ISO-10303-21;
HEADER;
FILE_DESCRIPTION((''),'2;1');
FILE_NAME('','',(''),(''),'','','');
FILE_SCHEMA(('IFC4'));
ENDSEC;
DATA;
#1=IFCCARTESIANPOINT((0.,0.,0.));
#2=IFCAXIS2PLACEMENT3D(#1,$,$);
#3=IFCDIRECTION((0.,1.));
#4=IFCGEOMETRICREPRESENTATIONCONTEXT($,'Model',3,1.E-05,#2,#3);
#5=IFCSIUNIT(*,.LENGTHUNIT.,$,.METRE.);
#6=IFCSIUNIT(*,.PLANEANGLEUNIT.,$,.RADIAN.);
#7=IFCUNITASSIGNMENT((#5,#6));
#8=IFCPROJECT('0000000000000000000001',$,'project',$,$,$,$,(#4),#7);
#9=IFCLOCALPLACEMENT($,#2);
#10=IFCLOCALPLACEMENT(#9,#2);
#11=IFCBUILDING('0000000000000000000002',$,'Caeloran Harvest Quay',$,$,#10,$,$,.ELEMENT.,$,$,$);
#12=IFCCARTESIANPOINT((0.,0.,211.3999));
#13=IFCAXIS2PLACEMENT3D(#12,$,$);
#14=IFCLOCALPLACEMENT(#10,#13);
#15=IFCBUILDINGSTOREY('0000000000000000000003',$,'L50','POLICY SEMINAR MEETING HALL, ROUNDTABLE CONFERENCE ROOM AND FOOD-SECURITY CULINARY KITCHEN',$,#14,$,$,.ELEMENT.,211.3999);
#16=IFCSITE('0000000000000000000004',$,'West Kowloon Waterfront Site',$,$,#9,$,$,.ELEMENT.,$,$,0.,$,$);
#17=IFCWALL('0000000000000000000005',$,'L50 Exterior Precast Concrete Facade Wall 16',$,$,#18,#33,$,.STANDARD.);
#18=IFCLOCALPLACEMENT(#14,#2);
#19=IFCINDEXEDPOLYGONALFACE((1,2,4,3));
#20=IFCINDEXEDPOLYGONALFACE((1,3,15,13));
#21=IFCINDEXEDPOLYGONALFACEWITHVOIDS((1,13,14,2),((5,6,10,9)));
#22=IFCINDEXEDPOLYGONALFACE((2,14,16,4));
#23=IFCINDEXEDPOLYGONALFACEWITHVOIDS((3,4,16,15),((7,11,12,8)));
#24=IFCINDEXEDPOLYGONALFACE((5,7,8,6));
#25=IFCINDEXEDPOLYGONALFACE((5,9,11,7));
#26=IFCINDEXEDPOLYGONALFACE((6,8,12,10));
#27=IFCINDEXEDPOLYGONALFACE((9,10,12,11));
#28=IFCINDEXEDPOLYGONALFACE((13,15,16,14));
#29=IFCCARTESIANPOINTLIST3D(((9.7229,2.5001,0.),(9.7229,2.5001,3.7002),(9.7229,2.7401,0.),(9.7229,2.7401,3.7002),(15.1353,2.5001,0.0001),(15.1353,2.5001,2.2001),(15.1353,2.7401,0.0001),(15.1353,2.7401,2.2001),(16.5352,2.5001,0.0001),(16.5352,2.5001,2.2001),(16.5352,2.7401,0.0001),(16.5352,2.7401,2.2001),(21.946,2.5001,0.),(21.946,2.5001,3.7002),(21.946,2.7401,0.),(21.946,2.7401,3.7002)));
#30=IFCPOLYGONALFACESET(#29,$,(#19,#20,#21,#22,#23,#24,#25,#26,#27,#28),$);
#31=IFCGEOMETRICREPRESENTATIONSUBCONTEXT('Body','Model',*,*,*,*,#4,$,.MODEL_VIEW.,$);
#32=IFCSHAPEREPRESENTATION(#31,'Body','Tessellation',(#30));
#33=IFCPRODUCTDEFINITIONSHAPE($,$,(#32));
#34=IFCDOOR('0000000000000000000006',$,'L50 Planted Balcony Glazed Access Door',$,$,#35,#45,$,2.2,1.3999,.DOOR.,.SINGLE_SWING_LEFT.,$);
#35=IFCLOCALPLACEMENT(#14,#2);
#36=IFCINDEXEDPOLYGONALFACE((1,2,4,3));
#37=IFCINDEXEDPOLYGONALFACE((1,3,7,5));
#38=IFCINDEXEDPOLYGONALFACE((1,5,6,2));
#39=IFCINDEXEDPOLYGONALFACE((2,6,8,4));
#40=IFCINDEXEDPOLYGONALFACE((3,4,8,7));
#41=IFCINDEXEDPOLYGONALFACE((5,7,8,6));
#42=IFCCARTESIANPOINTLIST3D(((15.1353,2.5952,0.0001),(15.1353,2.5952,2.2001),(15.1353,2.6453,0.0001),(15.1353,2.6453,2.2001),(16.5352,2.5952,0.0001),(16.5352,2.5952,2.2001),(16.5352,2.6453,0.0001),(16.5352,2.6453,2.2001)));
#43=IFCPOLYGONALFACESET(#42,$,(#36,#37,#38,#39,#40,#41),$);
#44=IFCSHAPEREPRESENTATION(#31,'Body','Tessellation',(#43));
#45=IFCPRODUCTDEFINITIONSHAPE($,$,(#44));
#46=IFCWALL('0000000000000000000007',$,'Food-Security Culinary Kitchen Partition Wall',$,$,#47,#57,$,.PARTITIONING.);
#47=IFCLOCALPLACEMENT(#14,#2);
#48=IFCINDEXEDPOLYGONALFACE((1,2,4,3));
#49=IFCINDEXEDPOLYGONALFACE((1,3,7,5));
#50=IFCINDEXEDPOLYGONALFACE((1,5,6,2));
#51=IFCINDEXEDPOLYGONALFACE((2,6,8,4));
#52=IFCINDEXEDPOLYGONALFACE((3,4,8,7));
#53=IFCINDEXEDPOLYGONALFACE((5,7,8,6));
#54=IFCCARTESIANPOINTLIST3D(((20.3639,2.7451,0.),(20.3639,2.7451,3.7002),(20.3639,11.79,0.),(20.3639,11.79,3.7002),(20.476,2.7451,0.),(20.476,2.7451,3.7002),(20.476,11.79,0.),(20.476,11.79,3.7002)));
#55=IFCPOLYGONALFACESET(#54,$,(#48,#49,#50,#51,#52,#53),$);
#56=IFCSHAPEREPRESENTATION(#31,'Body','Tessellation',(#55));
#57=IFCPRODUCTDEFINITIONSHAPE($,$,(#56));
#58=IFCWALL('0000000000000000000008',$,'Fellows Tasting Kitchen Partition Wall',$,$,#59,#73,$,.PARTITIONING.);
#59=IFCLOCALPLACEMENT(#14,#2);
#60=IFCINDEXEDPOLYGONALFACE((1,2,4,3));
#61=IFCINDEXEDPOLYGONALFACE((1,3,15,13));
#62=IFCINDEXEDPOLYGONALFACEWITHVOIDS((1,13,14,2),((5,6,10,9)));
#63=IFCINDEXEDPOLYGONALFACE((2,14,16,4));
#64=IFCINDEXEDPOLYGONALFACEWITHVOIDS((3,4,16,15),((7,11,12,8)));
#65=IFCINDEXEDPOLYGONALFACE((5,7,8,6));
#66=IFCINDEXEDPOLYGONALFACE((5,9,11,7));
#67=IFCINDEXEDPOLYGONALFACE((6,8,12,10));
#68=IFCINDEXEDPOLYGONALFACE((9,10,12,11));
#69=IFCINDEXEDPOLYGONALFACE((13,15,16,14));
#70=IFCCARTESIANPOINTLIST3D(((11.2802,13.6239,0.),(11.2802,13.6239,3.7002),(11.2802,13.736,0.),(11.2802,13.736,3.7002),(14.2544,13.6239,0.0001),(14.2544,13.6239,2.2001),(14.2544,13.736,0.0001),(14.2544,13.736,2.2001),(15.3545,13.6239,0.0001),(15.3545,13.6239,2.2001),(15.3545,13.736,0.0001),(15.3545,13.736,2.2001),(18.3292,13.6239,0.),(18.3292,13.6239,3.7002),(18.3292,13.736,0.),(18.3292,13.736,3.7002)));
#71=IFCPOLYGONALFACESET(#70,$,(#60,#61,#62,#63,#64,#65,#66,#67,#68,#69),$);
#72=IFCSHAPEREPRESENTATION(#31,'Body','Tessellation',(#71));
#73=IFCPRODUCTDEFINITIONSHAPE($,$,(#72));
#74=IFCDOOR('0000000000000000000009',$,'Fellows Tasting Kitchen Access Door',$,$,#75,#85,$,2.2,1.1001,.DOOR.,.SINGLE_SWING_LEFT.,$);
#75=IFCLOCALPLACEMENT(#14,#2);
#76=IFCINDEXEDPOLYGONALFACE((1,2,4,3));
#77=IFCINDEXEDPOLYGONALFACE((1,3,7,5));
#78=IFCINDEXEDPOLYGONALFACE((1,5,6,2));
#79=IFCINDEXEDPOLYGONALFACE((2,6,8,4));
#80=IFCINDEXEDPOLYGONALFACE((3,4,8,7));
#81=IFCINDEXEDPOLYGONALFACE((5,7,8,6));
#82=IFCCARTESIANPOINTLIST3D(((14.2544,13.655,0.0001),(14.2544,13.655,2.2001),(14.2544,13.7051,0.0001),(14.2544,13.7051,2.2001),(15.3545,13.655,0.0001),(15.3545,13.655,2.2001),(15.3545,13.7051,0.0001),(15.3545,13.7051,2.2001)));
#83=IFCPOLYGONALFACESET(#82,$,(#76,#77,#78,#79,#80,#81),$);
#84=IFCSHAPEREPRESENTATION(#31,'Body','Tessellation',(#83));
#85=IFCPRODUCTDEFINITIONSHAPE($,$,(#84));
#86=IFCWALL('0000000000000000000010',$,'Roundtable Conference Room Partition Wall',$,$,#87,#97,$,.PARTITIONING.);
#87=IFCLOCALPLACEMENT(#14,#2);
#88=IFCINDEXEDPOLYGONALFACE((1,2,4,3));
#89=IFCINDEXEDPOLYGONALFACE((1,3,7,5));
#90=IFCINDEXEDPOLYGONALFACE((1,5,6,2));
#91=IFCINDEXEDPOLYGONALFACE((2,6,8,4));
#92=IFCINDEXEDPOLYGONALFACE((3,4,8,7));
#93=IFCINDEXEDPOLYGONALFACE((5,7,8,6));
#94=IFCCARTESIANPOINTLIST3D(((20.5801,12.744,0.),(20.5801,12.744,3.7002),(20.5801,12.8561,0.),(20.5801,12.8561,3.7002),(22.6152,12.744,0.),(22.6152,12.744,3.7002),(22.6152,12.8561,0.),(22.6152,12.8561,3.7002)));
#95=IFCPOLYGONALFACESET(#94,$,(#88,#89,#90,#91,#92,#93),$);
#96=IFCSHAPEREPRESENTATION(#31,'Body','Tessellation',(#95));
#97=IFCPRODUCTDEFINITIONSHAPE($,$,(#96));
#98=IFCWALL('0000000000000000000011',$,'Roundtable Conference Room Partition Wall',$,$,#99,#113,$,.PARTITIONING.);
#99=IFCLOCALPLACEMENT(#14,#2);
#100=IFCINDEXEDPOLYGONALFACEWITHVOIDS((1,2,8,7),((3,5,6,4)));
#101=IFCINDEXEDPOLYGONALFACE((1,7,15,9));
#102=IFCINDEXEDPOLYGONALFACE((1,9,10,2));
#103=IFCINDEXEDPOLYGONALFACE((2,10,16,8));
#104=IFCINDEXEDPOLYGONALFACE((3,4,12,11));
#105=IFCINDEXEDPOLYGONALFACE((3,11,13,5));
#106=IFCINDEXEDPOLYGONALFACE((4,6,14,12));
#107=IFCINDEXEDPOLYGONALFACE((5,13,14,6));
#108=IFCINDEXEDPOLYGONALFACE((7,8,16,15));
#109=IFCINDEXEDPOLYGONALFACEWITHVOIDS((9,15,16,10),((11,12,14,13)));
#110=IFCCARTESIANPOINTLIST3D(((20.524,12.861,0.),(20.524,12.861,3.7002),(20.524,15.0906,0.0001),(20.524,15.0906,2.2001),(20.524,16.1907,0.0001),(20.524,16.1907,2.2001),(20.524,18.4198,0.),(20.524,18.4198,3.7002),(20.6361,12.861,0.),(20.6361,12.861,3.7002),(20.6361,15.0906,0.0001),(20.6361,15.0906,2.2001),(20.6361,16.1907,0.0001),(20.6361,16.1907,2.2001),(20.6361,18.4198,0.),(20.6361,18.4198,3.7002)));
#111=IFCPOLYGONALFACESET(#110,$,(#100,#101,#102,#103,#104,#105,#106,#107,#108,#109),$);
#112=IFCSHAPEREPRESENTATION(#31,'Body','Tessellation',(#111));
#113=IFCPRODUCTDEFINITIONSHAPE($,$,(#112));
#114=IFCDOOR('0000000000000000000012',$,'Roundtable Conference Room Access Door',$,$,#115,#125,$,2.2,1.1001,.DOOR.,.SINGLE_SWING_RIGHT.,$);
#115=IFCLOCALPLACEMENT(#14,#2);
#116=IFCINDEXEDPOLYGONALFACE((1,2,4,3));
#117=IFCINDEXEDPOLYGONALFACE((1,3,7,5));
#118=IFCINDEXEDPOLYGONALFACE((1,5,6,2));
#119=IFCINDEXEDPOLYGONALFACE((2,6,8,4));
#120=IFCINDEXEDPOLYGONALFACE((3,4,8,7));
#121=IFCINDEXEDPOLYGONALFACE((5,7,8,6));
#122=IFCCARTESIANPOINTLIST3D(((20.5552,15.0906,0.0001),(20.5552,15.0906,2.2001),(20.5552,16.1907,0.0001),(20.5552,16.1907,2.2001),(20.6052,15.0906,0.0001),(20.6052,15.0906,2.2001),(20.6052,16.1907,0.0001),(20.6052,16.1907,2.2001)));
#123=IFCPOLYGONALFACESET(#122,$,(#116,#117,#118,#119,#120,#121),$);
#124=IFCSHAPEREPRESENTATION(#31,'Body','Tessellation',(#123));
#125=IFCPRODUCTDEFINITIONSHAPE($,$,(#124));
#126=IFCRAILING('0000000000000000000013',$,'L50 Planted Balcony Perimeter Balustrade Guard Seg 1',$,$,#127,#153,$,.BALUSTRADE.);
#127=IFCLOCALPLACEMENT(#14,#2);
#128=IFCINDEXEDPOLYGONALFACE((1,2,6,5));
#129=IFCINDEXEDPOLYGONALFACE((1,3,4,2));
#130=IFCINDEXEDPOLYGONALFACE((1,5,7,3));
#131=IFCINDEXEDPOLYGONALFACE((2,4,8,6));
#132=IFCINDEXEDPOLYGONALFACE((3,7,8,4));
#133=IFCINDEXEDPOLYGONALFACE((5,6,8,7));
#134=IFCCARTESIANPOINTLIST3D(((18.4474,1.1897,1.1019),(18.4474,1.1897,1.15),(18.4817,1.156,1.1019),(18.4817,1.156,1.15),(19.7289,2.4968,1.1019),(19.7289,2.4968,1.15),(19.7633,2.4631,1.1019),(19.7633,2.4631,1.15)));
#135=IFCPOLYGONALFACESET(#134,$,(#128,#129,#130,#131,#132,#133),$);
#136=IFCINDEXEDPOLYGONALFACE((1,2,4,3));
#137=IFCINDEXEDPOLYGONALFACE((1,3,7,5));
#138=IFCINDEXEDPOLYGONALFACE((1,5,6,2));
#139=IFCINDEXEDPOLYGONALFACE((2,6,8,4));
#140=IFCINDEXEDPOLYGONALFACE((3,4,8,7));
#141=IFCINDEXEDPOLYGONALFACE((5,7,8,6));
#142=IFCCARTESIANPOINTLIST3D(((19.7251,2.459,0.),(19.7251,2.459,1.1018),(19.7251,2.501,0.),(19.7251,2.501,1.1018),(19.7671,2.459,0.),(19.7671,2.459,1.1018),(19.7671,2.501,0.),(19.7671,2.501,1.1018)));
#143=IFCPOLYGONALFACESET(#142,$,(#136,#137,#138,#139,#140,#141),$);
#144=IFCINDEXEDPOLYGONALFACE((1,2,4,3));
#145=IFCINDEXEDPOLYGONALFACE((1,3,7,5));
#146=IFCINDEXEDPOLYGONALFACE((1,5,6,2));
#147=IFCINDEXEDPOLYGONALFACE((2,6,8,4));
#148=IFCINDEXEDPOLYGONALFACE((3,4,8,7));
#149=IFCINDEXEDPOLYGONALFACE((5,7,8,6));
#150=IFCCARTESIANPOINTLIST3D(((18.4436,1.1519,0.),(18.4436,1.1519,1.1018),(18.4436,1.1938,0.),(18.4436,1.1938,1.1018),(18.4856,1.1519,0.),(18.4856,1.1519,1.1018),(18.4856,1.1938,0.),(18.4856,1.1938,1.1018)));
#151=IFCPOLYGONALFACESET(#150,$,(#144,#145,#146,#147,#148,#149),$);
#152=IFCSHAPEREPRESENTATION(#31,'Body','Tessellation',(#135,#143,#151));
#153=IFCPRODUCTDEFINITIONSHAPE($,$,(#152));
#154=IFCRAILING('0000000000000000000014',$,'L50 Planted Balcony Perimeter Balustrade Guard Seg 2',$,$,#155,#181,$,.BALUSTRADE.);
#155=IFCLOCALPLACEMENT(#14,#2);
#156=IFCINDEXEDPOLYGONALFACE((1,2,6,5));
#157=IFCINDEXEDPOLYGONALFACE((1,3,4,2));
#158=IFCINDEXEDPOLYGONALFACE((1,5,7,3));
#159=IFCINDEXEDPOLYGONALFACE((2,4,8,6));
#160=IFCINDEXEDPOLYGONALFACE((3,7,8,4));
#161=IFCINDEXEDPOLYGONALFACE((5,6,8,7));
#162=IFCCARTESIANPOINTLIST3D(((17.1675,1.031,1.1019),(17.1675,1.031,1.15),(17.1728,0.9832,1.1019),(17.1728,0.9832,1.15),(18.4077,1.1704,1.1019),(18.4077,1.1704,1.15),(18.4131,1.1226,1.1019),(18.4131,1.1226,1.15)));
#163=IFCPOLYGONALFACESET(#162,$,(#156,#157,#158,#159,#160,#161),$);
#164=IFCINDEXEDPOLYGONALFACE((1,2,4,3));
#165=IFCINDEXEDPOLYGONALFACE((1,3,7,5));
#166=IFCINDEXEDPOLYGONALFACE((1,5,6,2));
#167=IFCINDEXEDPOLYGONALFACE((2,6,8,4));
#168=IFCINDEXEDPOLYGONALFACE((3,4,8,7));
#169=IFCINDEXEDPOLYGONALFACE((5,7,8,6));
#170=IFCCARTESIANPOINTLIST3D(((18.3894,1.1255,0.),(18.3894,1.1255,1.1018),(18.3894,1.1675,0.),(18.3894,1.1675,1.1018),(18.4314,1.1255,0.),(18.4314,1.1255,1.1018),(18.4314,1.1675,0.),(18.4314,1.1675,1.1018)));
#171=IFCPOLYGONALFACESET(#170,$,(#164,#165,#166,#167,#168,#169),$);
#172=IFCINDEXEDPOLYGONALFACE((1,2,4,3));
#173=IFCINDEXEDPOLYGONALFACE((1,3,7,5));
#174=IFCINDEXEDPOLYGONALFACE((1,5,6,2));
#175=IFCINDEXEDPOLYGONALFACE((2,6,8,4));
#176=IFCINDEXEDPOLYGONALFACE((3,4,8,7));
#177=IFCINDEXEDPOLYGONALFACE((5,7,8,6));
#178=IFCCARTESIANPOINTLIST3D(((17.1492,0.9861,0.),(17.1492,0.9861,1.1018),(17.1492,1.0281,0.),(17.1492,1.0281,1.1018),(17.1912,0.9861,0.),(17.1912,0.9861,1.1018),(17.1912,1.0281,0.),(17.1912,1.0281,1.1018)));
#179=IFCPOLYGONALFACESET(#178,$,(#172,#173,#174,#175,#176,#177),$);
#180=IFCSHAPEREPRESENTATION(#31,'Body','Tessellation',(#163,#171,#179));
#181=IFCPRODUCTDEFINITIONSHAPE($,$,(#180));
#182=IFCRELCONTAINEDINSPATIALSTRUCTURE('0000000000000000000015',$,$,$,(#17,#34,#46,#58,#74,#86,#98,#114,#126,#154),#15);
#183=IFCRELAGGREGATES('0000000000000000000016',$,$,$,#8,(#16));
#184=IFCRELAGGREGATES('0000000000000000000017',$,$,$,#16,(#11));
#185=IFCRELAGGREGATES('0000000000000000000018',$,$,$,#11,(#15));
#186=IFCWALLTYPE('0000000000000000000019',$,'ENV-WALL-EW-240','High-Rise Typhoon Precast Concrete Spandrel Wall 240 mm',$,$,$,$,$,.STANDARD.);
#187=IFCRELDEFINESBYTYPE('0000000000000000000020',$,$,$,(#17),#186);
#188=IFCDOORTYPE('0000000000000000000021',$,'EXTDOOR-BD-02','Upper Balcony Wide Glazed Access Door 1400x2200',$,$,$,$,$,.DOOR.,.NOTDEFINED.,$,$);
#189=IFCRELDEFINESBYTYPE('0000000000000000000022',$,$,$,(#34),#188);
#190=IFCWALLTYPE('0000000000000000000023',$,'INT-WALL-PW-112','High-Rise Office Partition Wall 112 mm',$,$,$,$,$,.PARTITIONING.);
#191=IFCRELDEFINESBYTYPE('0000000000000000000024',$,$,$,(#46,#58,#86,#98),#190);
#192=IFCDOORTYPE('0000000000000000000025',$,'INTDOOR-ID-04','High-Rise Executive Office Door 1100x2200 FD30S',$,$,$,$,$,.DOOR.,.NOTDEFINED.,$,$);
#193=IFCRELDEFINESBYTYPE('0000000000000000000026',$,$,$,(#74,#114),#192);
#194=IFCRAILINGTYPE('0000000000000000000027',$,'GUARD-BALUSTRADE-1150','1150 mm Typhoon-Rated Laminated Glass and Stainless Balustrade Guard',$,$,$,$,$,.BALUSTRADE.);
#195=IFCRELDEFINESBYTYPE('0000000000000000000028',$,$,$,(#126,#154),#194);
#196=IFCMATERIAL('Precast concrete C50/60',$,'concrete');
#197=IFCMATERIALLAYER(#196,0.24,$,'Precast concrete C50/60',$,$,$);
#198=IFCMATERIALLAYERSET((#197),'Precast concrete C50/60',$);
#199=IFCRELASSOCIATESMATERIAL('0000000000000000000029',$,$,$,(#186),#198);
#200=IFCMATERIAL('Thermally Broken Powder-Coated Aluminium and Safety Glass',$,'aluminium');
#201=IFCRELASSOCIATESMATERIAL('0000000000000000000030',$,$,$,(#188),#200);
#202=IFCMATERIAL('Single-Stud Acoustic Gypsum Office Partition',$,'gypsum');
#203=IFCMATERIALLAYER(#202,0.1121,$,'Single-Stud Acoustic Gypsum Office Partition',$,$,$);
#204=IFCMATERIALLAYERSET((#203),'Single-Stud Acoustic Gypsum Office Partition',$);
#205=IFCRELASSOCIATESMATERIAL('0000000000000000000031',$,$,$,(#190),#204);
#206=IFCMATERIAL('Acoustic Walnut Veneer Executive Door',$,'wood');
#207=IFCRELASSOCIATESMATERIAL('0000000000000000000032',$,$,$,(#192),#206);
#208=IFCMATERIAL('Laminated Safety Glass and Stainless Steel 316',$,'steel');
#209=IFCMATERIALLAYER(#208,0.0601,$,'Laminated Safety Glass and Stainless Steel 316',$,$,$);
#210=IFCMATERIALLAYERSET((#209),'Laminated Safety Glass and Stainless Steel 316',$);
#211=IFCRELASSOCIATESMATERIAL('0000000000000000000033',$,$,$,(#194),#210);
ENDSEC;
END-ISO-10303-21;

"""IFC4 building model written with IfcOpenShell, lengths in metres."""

from ifc_helpers import new_model, si_unit, direction, frame, frame_2d, origin, origin_2d, place, context, subcontext, project, spatial, rectangle, extrude, material, layer, layer_set, type_object, element, fill, save


model = new_model("IFC4")

# Units and contexts
model_context = context("Model", 3, precision=1e-05, world=origin(), true_north=direction((0.0, 1.0)))
body_context = subcontext(model_context, "Body", "Model", "MODEL_VIEW")
ifc_project = project(units=[si_unit("LENGTHUNIT", "METRE"), si_unit("PLANEANGLEUNIT", "RADIAN")], contexts=[model_context])

# Site, building, storey
site_placement = place(None, origin())
site = spatial("IfcSite", under=ifc_project, at=site_placement, Name="West Kowloon Waterfront Site", CompositionType="ELEMENT", RefElevation=0.0)
building_placement = place(site_placement, origin())
building = spatial("IfcBuilding", under=site, at=building_placement, Name="Caeloran Harvest Quay", CompositionType="ELEMENT")
storey_placement = place(building_placement, frame((0.0, 0.0, 211.3999)))
storey = spatial("IfcBuildingStorey", under=building, at=storey_placement, Name="L50", Description="POLICY SEMINAR MEETING HALL, ROUNDTABLE CONFERENCE ROOM AND FOOD-SECURITY CULINARY KITCHEN", CompositionType="ELEMENT", Elevation=211.3999)

# Shared definitions
ifc_material_1 = material(Name="Precast concrete C50/60", Category="concrete")

# Shared definitions
ifc_layer_1 = layer(ifc_material_1, 0.24, Name="Precast concrete C50/60")
ifc_layer_set_1 = layer_set([ifc_layer_1], Name="Precast concrete C50/60")
wall_type_1 = type_object("IfcWallType", Name="ENV-WALL-EW-240", Description="High-Rise Typhoon Precast Concrete Spandrel Wall 240 mm", PredefinedType="STANDARD", material=ifc_layer_set_1)

# Wall, opening, door
wall_1_placement = place(storey_placement, frame((21.946, 2.6201, 0.0), z_axis=(0.0, 0.0, 1.0), x_axis=(-1.0, 0.0, 0.0)))
wall_1 = element("IfcWall", 1, at=wall_1_placement, inside=storey, type_object=wall_type_1, Name="L50 Exterior Precast Concrete Facade Wall 16", PredefinedType="STANDARD", context=body_context, shape_type="SweptSolid", body=[
    extrude(rectangle(XDim=12.2231, YDim=0.24, at=frame_2d((6.1116, 0.0))), origin(), (0.0, 0.0, 1.0), 3.7002),
])
opening_1_placement = place(wall_1_placement, frame((5.4109, 0.0, 0.0)))
opening_1 = element("IfcOpeningElement", 2, at=opening_1_placement, cuts=wall_1, PredefinedType="OPENING", context=body_context, shape_type="SweptSolid", body=[
    extrude(rectangle(XDim=1.3999, YDim=2.2, at=frame_2d((0.7, 1.1001))), frame((0.0, 0.1299, 0.0), z_axis=(0.0, -1.0, 0.0), x_axis=(1.0, 0.0, 0.0)), (0.0, 0.0, 1.0), 0.26),
])
ifc_material_2 = material(Name="Thermally Broken Powder-Coated Aluminium and Safety Glass", Category="aluminium")
door_type_1 = type_object("IfcDoorType", Name="EXTDOOR-BD-02", Description="Upper Balcony Wide Glazed Access Door 1400x2200", OperationType="NOTDEFINED", PredefinedType="DOOR", material=ifc_material_2)
door_1_placement = place(opening_1_placement, origin())
door_1 = element("IfcDoor", 3, at=door_1_placement, inside=storey, type_object=door_type_1, Name="L50 Planted Balcony Glazed Access Door", OperationType="SINGLE_SWING_LEFT", OverallHeight=2.2, OverallWidth=1.3999, PredefinedType="DOOR", context=body_context, shape_type="SweptSolid", body=[
    extrude(rectangle(XDim=1.3999, YDim=2.2, at=frame_2d((0.7, 1.1001))), frame((0.0, 0.0249, 0.0), z_axis=(0.0, -1.0, 0.0), x_axis=(1.0, 0.0, 0.0)), (0.0, 0.0, 1.0), 0.05),
])
fill(opening_1, door_1)

# Wall
ifc_material_3 = material(Name="Single-Stud Acoustic Gypsum Office Partition", Category="gypsum")
ifc_layer_2 = layer(ifc_material_3, 0.1121, Name="Single-Stud Acoustic Gypsum Office Partition")
ifc_layer_set_2 = layer_set([ifc_layer_2], Name="Single-Stud Acoustic Gypsum Office Partition")
wall_type_2 = type_object("IfcWallType", Name="INT-WALL-PW-112", Description="High-Rise Office Partition Wall 112 mm", PredefinedType="PARTITIONING", material=ifc_layer_set_2)
wall_2_placement = place(storey_placement, frame((20.4199, 11.79, 0.0), z_axis=(0.0, 0.0, 1.0), x_axis=(0.0, -1.0, 0.0)))
element("IfcWall", 4, at=wall_2_placement, inside=storey, type_object=wall_type_2, Name="Food-Security Culinary Kitchen Partition Wall", PredefinedType="PARTITIONING", context=body_context, shape_type="SweptSolid", body=[
    extrude(rectangle(XDim=9.0449, YDim=0.1121, at=frame_2d((4.5225, 0.0))), origin(), (0.0, 0.0, 1.0), 3.7002),
])

# Wall, opening, door
wall_3_placement = place(storey_placement, frame((18.3291, 13.6799, 0.0), z_axis=(0.0, 0.0, 1.0), x_axis=(-1.0, 0.0, 0.0)))
wall_3 = element("IfcWall", 5, at=wall_3_placement, inside=storey, type_object=wall_type_2, Name="Fellows Tasting Kitchen Partition Wall", PredefinedType="PARTITIONING", context=body_context, shape_type="SweptSolid", body=[
    extrude(rectangle(XDim=7.0491, YDim=0.1121, at=frame_2d((3.5244, 0.0))), origin(), (0.0, 0.0, 1.0), 3.7002),
])
opening_2_placement = place(wall_3_placement, frame((2.9746, 0.0, 0.0)))
opening_2 = element("IfcOpeningElement", 6, at=opening_2_placement, cuts=wall_3, PredefinedType="OPENING", context=body_context, shape_type="SweptSolid", body=[
    extrude(rectangle(XDim=1.1001, YDim=2.2, at=frame_2d((0.55, 1.1001))), frame((0.0, 0.0659, 0.0), z_axis=(0.0, -1.0, 0.0), x_axis=(1.0, 0.0, 0.0)), (0.0, 0.0, 1.0), 0.1321),
])
ifc_material_4 = material(Name="Acoustic Walnut Veneer Executive Door", Category="wood")
door_type_2 = type_object("IfcDoorType", Name="INTDOOR-ID-04", Description="High-Rise Executive Office Door 1100x2200 FD30S", OperationType="NOTDEFINED", PredefinedType="DOOR", material=ifc_material_4)
door_2_placement = place(opening_2_placement, origin())
door_2 = element("IfcDoor", 7, at=door_2_placement, inside=storey, type_object=door_type_2, Name="Fellows Tasting Kitchen Access Door", OperationType="SINGLE_SWING_LEFT", OverallHeight=2.2, OverallWidth=1.1001, PredefinedType="DOOR", context=body_context, shape_type="SweptSolid", body=[
    extrude(rectangle(XDim=1.1001, YDim=2.2, at=frame_2d((0.55, 1.1001))), frame((0.0, 0.0249, 0.0), z_axis=(0.0, -1.0, 0.0), x_axis=(1.0, 0.0, 0.0)), (0.0, 0.0, 1.0), 0.05),
])
fill(opening_2, door_2)

# Wall
wall_4_placement = place(storey_placement, frame((22.6152, 12.8, 0.0), z_axis=(0.0, 0.0, 1.0), x_axis=(-1.0, 0.0, 0.0)))
element("IfcWall", 8, at=wall_4_placement, inside=storey, type_object=wall_type_2, Name="Roundtable Conference Room Partition Wall", PredefinedType="PARTITIONING", context=body_context, shape_type="SweptSolid", body=[
    extrude(rectangle(XDim=2.0352, YDim=0.1121, at=frame_2d((1.0176, 0.0))), origin(), (0.0, 0.0, 1.0), 3.7002),
])

# Wall, opening, door
wall_5_placement = place(storey_placement, frame((20.5801, 12.8611, 0.0), z_axis=(0.0, 0.0, 1.0), x_axis=(0.0, 1.0, 0.0)))
wall_5 = element("IfcWall", 9, at=wall_5_placement, inside=storey, type_object=wall_type_2, Name="Roundtable Conference Room Partition Wall", PredefinedType="PARTITIONING", context=body_context, shape_type="SweptSolid", body=[
    extrude(rectangle(XDim=5.5588, YDim=0.1121, at=frame_2d((2.7793, 0.0))), origin(), (0.0, 0.0, 1.0), 3.7002),
])
opening_3_placement = place(wall_5_placement, frame((2.2295, 0.0, 0.0)))
opening_3 = element("IfcOpeningElement", 10, at=opening_3_placement, cuts=wall_5, PredefinedType="OPENING", context=body_context, shape_type="SweptSolid", body=[
    extrude(rectangle(XDim=1.1001, YDim=2.2, at=frame_2d((0.55, 1.1001))), frame((0.0, 0.0659, 0.0), z_axis=(0.0, -1.0, 0.0), x_axis=(1.0, 0.0, 0.0)), (0.0, 0.0, 1.0), 0.1321),
])
door_3_placement = place(opening_3_placement, origin())
door_3 = element("IfcDoor", 11, at=door_3_placement, inside=storey, type_object=door_type_2, Name="Roundtable Conference Room Access Door", OperationType="SINGLE_SWING_RIGHT", OverallHeight=2.2, OverallWidth=1.1001, PredefinedType="DOOR", context=body_context, shape_type="SweptSolid", body=[
    extrude(rectangle(XDim=1.1001, YDim=2.2, at=frame_2d((0.55, 1.1001))), frame((0.0, 0.0249, 0.0), z_axis=(0.0, -1.0, 0.0), x_axis=(1.0, 0.0, 0.0)), (0.0, 0.0, 1.0), 0.05),
])
fill(opening_3, door_3)

# Railings
ifc_material_5 = material(Name="Laminated Safety Glass and Stainless Steel 316", Category="steel")
ifc_layer_3 = layer(ifc_material_5, 0.0601, Name="Laminated Safety Glass and Stainless Steel 316")
ifc_layer_set_3 = layer_set([ifc_layer_3], Name="Laminated Safety Glass and Stainless Steel 316")
railing_type = type_object("IfcRailingType", Name="GUARD-BALUSTRADE-1150", Description="1150 mm Typhoon-Rated Laminated Glass and Stainless Balustrade Guard", PredefinedType="BALUSTRADE", material=ifc_layer_set_3)
railing_1_placement = place(storey_placement, frame((19.7461, 2.48, 0.0)))
element("IfcRailing", 12, at=railing_1_placement, inside=storey, type_object=railing_type, Name="L50 Planted Balcony Perimeter Balustrade Guard Seg 1", PredefinedType="BALUSTRADE", context=body_context, shape_type="SweptSolid", body=[
    extrude(rectangle(XDim=0.0481, YDim=0.0481, at=origin_2d()), frame((0.0, 0.0, 1.126), z_axis=(-0.70007, -0.714074, 0.0), x_axis=(0.714074, -0.70007, 0.0)), (0.0, 0.0, 1.0), 1.8306),
    extrude(rectangle(XDim=0.042, YDim=0.042, at=origin_2d()), origin(), (0.0, 0.0, 1.0), 1.1018),
    extrude(rectangle(XDim=0.042, YDim=0.042, at=origin_2d()), frame((-1.2815, -1.3071, 0.0)), (0.0, 0.0, 1.0), 1.1018),
])
railing_2_placement = place(storey_placement, frame((18.4104, 1.1465, 0.0)))
element("IfcRailing", 13, at=railing_2_placement, inside=storey, type_object=railing_type, Name="L50 Planted Balcony Perimeter Balustrade Guard Seg 2", PredefinedType="BALUSTRADE", context=body_context, shape_type="SweptSolid", body=[
    extrude(rectangle(XDim=0.0481, YDim=0.0481, at=origin_2d()), frame((0.0, 0.0, 1.126), z_axis=(-0.993742, -0.111698, 0.0), x_axis=(0.111698, -0.993742, 0.0)), (0.0, 0.0, 1.0), 1.248),
    extrude(rectangle(XDim=0.042, YDim=0.042, at=origin_2d()), origin(), (0.0, 0.0, 1.0), 1.1018),
    extrude(rectangle(XDim=0.042, YDim=0.042, at=origin_2d()), frame((-1.2402, -0.1394, 0.0)), (0.0, 0.0, 1.0), 1.1018),
])

save(model, "model.ifc")
